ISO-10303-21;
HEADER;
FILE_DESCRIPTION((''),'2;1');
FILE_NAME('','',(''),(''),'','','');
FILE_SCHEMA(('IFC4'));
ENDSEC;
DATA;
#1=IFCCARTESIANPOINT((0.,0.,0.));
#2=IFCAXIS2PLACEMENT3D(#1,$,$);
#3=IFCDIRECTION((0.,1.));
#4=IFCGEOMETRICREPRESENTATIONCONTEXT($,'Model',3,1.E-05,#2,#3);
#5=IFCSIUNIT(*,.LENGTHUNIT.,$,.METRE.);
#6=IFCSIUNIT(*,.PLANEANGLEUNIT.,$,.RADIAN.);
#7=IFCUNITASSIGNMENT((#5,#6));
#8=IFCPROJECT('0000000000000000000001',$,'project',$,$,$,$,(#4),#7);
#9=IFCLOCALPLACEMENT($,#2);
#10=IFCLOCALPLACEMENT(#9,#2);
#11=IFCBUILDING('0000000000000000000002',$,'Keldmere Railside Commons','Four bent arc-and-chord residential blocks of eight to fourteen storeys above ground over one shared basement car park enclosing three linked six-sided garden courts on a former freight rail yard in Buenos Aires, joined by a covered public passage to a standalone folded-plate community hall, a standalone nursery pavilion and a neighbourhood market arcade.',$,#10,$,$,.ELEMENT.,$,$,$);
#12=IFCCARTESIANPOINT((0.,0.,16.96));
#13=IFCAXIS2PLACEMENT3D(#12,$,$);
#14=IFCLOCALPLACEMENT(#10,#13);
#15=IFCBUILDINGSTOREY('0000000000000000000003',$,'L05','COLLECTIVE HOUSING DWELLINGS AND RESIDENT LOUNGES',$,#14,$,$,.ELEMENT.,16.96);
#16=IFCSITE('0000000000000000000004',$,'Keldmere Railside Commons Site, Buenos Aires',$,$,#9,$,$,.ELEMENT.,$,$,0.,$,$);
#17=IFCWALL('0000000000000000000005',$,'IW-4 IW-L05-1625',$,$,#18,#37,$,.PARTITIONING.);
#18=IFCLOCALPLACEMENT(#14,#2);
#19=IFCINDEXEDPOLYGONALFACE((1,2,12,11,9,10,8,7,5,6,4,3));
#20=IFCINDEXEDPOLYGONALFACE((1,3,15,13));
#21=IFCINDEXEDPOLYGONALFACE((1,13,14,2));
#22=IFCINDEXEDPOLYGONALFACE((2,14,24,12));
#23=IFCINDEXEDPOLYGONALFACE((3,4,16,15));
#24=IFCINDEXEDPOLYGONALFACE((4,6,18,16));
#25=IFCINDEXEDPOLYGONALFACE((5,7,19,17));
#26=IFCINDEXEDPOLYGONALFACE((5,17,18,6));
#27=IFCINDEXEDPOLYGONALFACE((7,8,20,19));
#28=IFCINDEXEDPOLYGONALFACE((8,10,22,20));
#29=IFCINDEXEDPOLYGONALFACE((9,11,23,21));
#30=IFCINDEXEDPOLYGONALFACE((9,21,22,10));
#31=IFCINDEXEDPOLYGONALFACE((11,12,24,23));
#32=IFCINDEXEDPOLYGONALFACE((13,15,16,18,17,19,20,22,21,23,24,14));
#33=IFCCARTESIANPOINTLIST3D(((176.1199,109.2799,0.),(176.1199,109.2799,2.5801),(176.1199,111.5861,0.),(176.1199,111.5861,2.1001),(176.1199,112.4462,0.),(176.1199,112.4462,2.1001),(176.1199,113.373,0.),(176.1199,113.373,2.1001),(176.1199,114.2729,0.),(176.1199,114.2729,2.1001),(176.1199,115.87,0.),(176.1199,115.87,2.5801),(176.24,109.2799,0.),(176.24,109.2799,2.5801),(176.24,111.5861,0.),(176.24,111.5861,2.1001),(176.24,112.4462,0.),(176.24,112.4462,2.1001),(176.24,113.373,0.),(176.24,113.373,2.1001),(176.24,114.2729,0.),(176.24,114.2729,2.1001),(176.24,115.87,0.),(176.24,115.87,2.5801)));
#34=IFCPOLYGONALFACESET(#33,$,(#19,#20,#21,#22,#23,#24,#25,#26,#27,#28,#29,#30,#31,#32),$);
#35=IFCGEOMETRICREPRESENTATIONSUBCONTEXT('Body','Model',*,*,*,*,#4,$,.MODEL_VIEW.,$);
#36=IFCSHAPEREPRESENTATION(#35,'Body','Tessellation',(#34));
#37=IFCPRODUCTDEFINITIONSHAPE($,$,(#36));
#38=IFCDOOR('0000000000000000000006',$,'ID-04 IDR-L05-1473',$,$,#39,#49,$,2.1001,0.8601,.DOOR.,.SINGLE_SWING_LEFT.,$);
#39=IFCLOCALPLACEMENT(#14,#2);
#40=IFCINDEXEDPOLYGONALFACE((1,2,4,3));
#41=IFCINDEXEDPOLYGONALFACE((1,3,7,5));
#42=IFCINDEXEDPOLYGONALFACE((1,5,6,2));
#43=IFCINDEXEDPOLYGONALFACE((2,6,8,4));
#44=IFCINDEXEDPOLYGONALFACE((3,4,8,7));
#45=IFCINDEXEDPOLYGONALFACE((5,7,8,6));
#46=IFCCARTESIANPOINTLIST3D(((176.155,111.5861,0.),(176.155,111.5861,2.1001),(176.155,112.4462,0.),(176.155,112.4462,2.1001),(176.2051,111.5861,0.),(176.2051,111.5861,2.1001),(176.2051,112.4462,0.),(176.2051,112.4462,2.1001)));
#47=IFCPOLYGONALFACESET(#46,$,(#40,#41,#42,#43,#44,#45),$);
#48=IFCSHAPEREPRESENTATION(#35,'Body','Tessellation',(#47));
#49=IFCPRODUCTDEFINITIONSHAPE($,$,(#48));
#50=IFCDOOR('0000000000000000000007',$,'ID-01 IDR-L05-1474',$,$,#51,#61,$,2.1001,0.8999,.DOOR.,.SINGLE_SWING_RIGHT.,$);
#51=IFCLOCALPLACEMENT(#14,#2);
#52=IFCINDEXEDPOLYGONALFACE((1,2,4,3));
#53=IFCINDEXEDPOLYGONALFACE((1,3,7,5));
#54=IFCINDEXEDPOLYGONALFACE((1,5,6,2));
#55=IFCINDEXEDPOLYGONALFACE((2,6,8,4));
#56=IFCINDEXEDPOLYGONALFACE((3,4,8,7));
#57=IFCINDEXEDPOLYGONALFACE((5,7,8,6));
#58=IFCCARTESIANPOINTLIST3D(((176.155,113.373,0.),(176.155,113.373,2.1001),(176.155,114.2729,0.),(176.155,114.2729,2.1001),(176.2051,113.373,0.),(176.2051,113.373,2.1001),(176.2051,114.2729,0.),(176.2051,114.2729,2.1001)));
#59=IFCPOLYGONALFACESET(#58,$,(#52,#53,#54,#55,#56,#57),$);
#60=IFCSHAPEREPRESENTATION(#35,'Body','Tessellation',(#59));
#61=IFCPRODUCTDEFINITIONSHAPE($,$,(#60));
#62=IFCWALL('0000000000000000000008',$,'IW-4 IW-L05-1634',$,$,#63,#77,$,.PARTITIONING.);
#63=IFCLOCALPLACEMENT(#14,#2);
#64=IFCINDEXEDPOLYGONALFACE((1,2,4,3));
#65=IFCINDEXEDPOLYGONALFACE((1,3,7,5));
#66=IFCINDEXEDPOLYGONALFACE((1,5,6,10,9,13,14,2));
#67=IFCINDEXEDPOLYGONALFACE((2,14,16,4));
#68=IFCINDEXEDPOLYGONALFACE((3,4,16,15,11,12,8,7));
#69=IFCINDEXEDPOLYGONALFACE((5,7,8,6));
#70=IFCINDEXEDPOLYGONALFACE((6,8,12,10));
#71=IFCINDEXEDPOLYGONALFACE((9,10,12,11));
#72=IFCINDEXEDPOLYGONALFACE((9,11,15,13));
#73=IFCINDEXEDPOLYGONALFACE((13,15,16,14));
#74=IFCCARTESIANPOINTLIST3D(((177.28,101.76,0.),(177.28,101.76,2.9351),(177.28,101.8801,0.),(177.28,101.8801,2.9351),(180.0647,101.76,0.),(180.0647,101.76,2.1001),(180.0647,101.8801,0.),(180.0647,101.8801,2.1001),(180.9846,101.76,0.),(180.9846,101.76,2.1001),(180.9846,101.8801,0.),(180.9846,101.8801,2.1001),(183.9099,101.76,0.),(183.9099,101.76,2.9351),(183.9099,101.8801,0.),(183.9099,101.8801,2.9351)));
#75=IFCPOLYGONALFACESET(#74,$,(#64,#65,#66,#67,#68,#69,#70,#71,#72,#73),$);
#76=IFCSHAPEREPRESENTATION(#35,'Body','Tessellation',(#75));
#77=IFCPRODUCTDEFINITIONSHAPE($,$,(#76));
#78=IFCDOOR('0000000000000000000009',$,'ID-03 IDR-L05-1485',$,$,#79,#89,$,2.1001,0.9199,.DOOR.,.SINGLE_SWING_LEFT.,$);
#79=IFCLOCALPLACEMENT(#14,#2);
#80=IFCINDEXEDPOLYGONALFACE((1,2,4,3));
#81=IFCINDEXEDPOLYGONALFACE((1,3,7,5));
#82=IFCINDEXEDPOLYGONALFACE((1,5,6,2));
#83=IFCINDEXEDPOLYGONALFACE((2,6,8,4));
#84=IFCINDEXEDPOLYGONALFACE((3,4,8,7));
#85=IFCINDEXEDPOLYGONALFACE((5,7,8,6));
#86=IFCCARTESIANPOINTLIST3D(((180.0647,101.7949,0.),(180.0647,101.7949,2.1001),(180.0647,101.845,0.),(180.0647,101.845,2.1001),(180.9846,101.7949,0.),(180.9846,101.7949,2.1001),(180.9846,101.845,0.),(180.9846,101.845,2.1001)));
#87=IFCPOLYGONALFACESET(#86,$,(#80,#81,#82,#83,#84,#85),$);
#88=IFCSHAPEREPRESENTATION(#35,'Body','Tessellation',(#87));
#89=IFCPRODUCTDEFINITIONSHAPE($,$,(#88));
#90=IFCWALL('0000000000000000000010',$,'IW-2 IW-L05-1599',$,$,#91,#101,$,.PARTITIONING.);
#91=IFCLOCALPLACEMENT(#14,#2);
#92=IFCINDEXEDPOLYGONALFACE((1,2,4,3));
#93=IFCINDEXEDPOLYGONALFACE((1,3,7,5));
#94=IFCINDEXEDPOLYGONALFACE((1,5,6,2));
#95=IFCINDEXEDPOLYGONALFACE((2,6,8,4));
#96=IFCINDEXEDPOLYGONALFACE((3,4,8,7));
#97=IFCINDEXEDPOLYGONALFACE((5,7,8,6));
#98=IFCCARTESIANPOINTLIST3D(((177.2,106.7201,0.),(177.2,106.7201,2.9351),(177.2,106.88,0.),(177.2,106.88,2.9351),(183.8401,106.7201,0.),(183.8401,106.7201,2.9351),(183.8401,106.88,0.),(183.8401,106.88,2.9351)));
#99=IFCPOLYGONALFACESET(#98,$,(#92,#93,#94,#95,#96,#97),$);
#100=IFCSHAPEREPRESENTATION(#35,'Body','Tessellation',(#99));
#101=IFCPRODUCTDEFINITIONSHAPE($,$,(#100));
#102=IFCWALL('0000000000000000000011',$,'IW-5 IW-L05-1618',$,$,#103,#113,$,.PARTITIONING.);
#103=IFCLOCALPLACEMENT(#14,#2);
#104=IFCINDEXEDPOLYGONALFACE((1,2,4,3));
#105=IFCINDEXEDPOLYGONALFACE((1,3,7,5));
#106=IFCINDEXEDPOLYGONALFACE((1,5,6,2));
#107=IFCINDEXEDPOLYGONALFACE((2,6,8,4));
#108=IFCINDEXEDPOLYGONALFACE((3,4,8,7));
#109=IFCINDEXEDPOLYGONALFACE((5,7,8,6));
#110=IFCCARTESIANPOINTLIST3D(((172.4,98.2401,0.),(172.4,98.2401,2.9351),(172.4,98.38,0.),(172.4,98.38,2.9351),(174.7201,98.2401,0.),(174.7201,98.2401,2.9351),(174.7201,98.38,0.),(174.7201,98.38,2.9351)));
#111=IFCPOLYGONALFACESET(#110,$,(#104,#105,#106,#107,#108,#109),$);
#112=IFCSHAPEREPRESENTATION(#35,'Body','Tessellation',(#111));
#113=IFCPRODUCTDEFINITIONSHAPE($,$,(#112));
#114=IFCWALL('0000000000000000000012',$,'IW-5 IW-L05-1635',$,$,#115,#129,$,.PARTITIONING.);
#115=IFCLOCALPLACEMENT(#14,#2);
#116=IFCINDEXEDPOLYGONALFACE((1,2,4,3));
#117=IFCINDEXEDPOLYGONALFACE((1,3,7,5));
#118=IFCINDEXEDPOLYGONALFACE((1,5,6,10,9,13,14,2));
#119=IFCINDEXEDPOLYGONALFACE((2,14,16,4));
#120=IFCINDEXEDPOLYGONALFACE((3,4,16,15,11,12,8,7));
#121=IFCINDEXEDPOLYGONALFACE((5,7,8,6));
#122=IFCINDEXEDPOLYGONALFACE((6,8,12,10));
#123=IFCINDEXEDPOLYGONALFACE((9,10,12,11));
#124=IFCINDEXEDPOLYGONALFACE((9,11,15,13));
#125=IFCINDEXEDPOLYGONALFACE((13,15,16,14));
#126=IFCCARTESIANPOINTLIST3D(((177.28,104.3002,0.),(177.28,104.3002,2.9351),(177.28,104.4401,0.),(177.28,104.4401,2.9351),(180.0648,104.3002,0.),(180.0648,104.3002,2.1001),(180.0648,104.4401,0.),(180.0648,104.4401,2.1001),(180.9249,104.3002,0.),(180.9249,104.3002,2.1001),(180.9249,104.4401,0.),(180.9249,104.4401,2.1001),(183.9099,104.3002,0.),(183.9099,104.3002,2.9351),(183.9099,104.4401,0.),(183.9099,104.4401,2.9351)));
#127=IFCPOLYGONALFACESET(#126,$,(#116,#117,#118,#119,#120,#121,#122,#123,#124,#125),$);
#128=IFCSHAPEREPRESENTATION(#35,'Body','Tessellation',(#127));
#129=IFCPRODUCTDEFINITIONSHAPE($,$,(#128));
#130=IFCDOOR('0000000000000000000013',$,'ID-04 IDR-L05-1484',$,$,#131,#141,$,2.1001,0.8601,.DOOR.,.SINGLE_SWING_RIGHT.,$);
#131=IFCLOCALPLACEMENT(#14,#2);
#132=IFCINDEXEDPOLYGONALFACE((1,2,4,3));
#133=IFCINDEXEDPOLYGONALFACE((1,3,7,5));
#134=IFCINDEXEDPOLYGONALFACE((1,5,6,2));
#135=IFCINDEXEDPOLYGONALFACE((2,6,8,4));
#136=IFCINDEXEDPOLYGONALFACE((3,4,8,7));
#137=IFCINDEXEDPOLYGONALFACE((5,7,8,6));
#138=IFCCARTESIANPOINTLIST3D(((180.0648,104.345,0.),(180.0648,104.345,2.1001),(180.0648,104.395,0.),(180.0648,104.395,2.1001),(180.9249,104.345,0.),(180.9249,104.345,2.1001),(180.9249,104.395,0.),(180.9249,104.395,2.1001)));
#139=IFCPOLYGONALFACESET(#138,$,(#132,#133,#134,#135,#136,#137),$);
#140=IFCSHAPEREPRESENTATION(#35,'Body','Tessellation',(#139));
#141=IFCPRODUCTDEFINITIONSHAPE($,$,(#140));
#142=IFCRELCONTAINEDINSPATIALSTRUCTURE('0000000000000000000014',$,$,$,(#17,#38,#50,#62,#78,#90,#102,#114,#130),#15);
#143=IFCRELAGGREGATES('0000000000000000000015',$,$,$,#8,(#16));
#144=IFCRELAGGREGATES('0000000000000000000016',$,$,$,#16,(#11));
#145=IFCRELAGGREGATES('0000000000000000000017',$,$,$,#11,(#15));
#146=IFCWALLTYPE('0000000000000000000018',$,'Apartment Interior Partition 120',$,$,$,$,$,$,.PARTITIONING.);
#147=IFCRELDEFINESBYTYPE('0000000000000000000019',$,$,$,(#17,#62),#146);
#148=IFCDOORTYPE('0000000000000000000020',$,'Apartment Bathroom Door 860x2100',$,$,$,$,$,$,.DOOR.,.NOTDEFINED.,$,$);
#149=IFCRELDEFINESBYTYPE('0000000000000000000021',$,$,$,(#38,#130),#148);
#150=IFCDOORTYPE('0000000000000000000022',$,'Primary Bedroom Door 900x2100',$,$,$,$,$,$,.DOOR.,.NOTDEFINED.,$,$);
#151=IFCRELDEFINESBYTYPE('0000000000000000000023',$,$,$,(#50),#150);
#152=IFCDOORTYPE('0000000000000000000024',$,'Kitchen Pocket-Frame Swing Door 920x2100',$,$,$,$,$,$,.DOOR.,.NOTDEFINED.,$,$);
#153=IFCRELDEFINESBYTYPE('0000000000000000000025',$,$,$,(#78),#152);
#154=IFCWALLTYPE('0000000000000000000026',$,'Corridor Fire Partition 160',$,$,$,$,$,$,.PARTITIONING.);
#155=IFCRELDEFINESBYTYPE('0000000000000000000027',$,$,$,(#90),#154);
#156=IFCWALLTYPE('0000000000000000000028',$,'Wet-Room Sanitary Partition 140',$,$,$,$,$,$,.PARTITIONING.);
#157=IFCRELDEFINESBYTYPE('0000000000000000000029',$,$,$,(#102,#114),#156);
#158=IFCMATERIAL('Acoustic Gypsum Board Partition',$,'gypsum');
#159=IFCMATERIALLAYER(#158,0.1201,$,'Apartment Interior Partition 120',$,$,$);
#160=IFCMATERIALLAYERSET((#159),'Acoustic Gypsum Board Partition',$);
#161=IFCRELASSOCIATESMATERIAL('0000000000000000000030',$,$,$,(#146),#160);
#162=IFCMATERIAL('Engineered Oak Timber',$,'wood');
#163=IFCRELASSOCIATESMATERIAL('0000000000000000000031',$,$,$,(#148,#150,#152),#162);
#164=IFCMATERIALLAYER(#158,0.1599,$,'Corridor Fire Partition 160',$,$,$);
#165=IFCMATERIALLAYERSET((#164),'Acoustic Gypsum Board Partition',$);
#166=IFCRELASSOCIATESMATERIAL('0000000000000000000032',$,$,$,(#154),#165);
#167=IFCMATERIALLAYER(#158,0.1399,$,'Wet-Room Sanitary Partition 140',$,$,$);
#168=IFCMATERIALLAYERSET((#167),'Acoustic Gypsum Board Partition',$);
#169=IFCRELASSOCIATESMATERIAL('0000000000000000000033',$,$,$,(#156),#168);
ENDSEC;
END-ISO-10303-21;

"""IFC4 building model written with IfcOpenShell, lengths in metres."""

from ifc_helpers import new_model, si_unit, direction, frame, frame_2d, origin, place, context, subcontext, project, spatial, rectangle, extrude, material, layer, layer_set, type_object, element, fill, save


model = new_model("IFC4")

# Units and contexts
model_context = context("Model", 3, precision=1e-05, world=origin(), true_north=direction((0.0, 1.0)))
body_context = subcontext(model_context, "Body", "Model", "MODEL_VIEW")
ifc_project = project(units=[si_unit("LENGTHUNIT", "METRE"), si_unit("PLANEANGLEUNIT", "RADIAN")], contexts=[model_context])

# Site, building, storey
site_placement = place(None, origin())
site = spatial("IfcSite", under=ifc_project, at=site_placement, Name="Keldmere Railside Commons Site, Buenos Aires", CompositionType="ELEMENT", RefElevation=0.0)
building_placement = place(site_placement, origin())
building = spatial("IfcBuilding", under=site, at=building_placement, Name="Keldmere Railside Commons", Description="Four bent arc-and-chord residential blocks of eight to fourteen storeys above ground over one shared basement car park enclosing three linked six-sided garden courts on a former freight rail yard in Buenos Aires, joined by a covered public passage to a standalone folded-plate community hall, a standalone nursery pavilion and a neighbourhood market arcade.", CompositionType="ELEMENT")
storey_placement = place(building_placement, frame((0.0, 0.0, 16.96)))
storey = spatial("IfcBuildingStorey", under=building, at=storey_placement, Name="L05", Description="COLLECTIVE HOUSING DWELLINGS AND RESIDENT LOUNGES", CompositionType="ELEMENT", Elevation=16.96)

# Wall, openings, doors
ifc_material_1 = material(Name="Acoustic Gypsum Board Partition", Category="gypsum")
ifc_layer_1 = layer(ifc_material_1, 0.1201, Name="Apartment Interior Partition 120")
ifc_layer_set_1 = layer_set([ifc_layer_1], Name="Acoustic Gypsum Board Partition")
wall_type_1 = type_object("IfcWallType", Name="Apartment Interior Partition 120", PredefinedType="PARTITIONING", material=ifc_layer_set_1)
wall_1_placement = place(storey_placement, frame((176.1799, 109.28, 0.0), z_axis=(0.0, 0.0, 1.0), x_axis=(0.0, 1.0, 0.0)))
wall_1 = element("IfcWall", 1, at=wall_1_placement, inside=storey, type_object=wall_type_1, Name="IW-4 IW-L05-1625", PredefinedType="PARTITIONING", context=body_context, shape_type="SweptSolid", body=[
    extrude(rectangle(XDim=6.5901, YDim=0.1201, at=frame_2d((3.2949, 0.0))), origin(), (0.0, 0.0, 1.0), 2.5801),
])
opening_1_placement = place(wall_1_placement, frame((2.3059, 0.0, 0.0)))
opening_1 = element("IfcOpeningElement", 2, at=opening_1_placement, cuts=wall_1, PredefinedType="OPENING", context=body_context, shape_type="SweptSolid", body=[
    extrude(rectangle(XDim=0.8601, YDim=2.1001, at=frame_2d((0.4302, 1.05))), frame((0.0, 0.0701, 0.0), z_axis=(0.0, -1.0, 0.0), x_axis=(1.0, 0.0, 0.0)), (0.0, 0.0, 1.0), 0.1401),
])
opening_2_placement = place(wall_1_placement, frame((4.093, 0.0, 0.0)))
opening_2 = element("IfcOpeningElement", 3, at=opening_2_placement, cuts=wall_1, PredefinedType="OPENING", context=body_context, shape_type="SweptSolid", body=[
    extrude(rectangle(XDim=0.8999, YDim=2.1001, at=frame_2d((0.45, 1.05))), frame((0.0, 0.0701, 0.0), z_axis=(0.0, -1.0, 0.0), x_axis=(1.0, 0.0, 0.0)), (0.0, 0.0, 1.0), 0.1401),
])
ifc_material_2 = material(Name="Engineered Oak Timber", Category="wood")
door_type_1 = type_object("IfcDoorType", Name="Apartment Bathroom Door 860x2100", OperationType="NOTDEFINED", PredefinedType="DOOR", material=ifc_material_2)
door_1_placement = place(opening_1_placement, origin())
door_1 = element("IfcDoor", 4, at=door_1_placement, inside=storey, type_object=door_type_1, Name="ID-04 IDR-L05-1473", OperationType="SINGLE_SWING_LEFT", OverallHeight=2.1001, OverallWidth=0.8601, PredefinedType="DOOR", context=body_context, shape_type="SweptSolid", body=[
    extrude(rectangle(XDim=0.8601, YDim=2.1001, at=frame_2d((0.4302, 1.05))), frame((0.0, 0.0249, 0.0), z_axis=(0.0, -1.0, 0.0), x_axis=(1.0, 0.0, 0.0)), (0.0, 0.0, 1.0), 0.05),
])
fill(opening_1, door_1)
door_type_2 = type_object("IfcDoorType", Name="Primary Bedroom Door 900x2100", OperationType="NOTDEFINED", PredefinedType="DOOR", material=ifc_material_2)
door_2_placement = place(opening_2_placement, origin())
door_2 = element("IfcDoor", 5, at=door_2_placement, inside=storey, type_object=door_type_2, Name="ID-01 IDR-L05-1474", OperationType="SINGLE_SWING_RIGHT", OverallHeight=2.1001, OverallWidth=0.8999, PredefinedType="DOOR", context=body_context, shape_type="SweptSolid", body=[
    extrude(rectangle(XDim=0.8999, YDim=2.1001, at=frame_2d((0.45, 1.05))), frame((0.0, 0.0249, 0.0), z_axis=(0.0, -1.0, 0.0), x_axis=(1.0, 0.0, 0.0)), (0.0, 0.0, 1.0), 0.05),
])
fill(opening_2, door_2)

# Wall, opening, door
wall_2_placement = place(storey_placement, frame((177.28, 101.8201, 0.0), z_axis=(0.0, 0.0, 1.0), x_axis=(1.0, 0.0, 0.0)))
wall_2 = element("IfcWall", 6, at=wall_2_placement, inside=storey, type_object=wall_type_1, Name="IW-4 IW-L05-1634", PredefinedType="PARTITIONING", context=body_context, shape_type="SweptSolid", body=[
    extrude(rectangle(XDim=6.6299, YDim=0.1201, at=frame_2d((3.3149, 0.0))), origin(), (0.0, 0.0, 1.0), 2.9351),
])
opening_3_placement = place(wall_2_placement, frame((2.7847, 0.0, 0.0)))
opening_3 = element("IfcOpeningElement", 7, at=opening_3_placement, cuts=wall_2, PredefinedType="OPENING", context=body_context, shape_type="SweptSolid", body=[
    extrude(rectangle(XDim=0.9199, YDim=2.1001, at=frame_2d((0.46, 1.05))), frame((0.0, 0.0701, 0.0), z_axis=(0.0, -1.0, 0.0), x_axis=(1.0, 0.0, 0.0)), (0.0, 0.0, 1.0), 0.1401),
])
door_type_3 = type_object("IfcDoorType", Name="Kitchen Pocket-Frame Swing Door 920x2100", OperationType="NOTDEFINED", PredefinedType="DOOR", material=ifc_material_2)
door_3_placement = place(opening_3_placement, origin())
door_3 = element("IfcDoor", 8, at=door_3_placement, inside=storey, type_object=door_type_3, Name="ID-03 IDR-L05-1485", OperationType="SINGLE_SWING_LEFT", OverallHeight=2.1001, OverallWidth=0.9199, PredefinedType="DOOR", context=body_context, shape_type="SweptSolid", body=[
    extrude(rectangle(XDim=0.9199, YDim=2.1001, at=frame_2d((0.46, 1.05))), frame((0.0, 0.0249, 0.0), z_axis=(0.0, -1.0, 0.0), x_axis=(1.0, 0.0, 0.0)), (0.0, 0.0, 1.0), 0.05),
])
fill(opening_3, door_3)

# Walls
ifc_layer_2 = layer(ifc_material_1, 0.1599, Name="Corridor Fire Partition 160")
ifc_layer_set_2 = layer_set([ifc_layer_2], Name="Acoustic Gypsum Board Partition")
wall_type_2 = type_object("IfcWallType", Name="Corridor Fire Partition 160", PredefinedType="PARTITIONING", material=ifc_layer_set_2)
wall_3_placement = place(storey_placement, frame((177.2, 106.8, 0.0), z_axis=(0.0, 0.0, 1.0), x_axis=(1.0, 0.0, 0.0)))
element("IfcWall", 9, at=wall_3_placement, inside=storey, type_object=wall_type_2, Name="IW-2 IW-L05-1599", PredefinedType="PARTITIONING", context=body_context, shape_type="SweptSolid", body=[
    extrude(rectangle(XDim=6.6401, YDim=0.1599, at=frame_2d((3.3201, 0.0))), origin(), (0.0, 0.0, 1.0), 2.9351),
])
ifc_layer_3 = layer(ifc_material_1, 0.1399, Name="Wet-Room Sanitary Partition 140")
ifc_layer_set_3 = layer_set([ifc_layer_3], Name="Acoustic Gypsum Board Partition")
wall_type_3 = type_object("IfcWallType", Name="Wet-Room Sanitary Partition 140", PredefinedType="PARTITIONING", material=ifc_layer_set_3)
wall_4_placement = place(storey_placement, frame((172.3999, 98.3101, 0.0), z_axis=(0.0, 0.0, 1.0), x_axis=(1.0, 0.0, 0.0)))
element("IfcWall", 10, at=wall_4_placement, inside=storey, type_object=wall_type_3, Name="IW-5 IW-L05-1618", PredefinedType="PARTITIONING", context=body_context, shape_type="SweptSolid", body=[
    extrude(rectangle(XDim=2.3201, YDim=0.1399, at=frame_2d((1.1602, 0.0))), origin(), (0.0, 0.0, 1.0), 2.9351),
])

# Wall, opening, door
wall_5_placement = place(storey_placement, frame((177.28, 104.3701, 0.0), z_axis=(0.0, 0.0, 1.0), x_axis=(1.0, 0.0, 0.0)))
wall_5 = element("IfcWall", 11, at=wall_5_placement, inside=storey, type_object=wall_type_3, Name="IW-5 IW-L05-1635", PredefinedType="PARTITIONING", context=body_context, shape_type="SweptSolid", body=[
    extrude(rectangle(XDim=6.6299, YDim=0.1399, at=frame_2d((3.3149, 0.0))), origin(), (0.0, 0.0, 1.0), 2.9351),
])
opening_4_placement = place(wall_5_placement, frame((2.7847, 0.0, 0.0)))
opening_4 = element("IfcOpeningElement", 12, at=opening_4_placement, cuts=wall_5, PredefinedType="OPENING", context=body_context, shape_type="SweptSolid", body=[
    extrude(rectangle(XDim=0.8601, YDim=2.1001, at=frame_2d((0.4302, 1.05))), frame((0.0, 0.0798, 0.0), z_axis=(0.0, -1.0, 0.0), x_axis=(1.0, 0.0, 0.0)), (0.0, 0.0, 1.0), 0.1599),
])
door_4_placement = place(opening_4_placement, origin())
door_4 = element("IfcDoor", 13, at=door_4_placement, inside=storey, type_object=door_type_1, Name="ID-04 IDR-L05-1484", OperationType="SINGLE_SWING_RIGHT", OverallHeight=2.1001, OverallWidth=0.8601, PredefinedType="DOOR", context=body_context, shape_type="SweptSolid", body=[
    extrude(rectangle(XDim=0.8601, YDim=2.1001, at=frame_2d((0.4302, 1.05))), frame((0.0, 0.0249, 0.0), z_axis=(0.0, -1.0, 0.0), x_axis=(1.0, 0.0, 0.0)), (0.0, 0.0, 1.0), 0.05),
])
fill(opening_4, door_4)

save(model, "model.ifc")
